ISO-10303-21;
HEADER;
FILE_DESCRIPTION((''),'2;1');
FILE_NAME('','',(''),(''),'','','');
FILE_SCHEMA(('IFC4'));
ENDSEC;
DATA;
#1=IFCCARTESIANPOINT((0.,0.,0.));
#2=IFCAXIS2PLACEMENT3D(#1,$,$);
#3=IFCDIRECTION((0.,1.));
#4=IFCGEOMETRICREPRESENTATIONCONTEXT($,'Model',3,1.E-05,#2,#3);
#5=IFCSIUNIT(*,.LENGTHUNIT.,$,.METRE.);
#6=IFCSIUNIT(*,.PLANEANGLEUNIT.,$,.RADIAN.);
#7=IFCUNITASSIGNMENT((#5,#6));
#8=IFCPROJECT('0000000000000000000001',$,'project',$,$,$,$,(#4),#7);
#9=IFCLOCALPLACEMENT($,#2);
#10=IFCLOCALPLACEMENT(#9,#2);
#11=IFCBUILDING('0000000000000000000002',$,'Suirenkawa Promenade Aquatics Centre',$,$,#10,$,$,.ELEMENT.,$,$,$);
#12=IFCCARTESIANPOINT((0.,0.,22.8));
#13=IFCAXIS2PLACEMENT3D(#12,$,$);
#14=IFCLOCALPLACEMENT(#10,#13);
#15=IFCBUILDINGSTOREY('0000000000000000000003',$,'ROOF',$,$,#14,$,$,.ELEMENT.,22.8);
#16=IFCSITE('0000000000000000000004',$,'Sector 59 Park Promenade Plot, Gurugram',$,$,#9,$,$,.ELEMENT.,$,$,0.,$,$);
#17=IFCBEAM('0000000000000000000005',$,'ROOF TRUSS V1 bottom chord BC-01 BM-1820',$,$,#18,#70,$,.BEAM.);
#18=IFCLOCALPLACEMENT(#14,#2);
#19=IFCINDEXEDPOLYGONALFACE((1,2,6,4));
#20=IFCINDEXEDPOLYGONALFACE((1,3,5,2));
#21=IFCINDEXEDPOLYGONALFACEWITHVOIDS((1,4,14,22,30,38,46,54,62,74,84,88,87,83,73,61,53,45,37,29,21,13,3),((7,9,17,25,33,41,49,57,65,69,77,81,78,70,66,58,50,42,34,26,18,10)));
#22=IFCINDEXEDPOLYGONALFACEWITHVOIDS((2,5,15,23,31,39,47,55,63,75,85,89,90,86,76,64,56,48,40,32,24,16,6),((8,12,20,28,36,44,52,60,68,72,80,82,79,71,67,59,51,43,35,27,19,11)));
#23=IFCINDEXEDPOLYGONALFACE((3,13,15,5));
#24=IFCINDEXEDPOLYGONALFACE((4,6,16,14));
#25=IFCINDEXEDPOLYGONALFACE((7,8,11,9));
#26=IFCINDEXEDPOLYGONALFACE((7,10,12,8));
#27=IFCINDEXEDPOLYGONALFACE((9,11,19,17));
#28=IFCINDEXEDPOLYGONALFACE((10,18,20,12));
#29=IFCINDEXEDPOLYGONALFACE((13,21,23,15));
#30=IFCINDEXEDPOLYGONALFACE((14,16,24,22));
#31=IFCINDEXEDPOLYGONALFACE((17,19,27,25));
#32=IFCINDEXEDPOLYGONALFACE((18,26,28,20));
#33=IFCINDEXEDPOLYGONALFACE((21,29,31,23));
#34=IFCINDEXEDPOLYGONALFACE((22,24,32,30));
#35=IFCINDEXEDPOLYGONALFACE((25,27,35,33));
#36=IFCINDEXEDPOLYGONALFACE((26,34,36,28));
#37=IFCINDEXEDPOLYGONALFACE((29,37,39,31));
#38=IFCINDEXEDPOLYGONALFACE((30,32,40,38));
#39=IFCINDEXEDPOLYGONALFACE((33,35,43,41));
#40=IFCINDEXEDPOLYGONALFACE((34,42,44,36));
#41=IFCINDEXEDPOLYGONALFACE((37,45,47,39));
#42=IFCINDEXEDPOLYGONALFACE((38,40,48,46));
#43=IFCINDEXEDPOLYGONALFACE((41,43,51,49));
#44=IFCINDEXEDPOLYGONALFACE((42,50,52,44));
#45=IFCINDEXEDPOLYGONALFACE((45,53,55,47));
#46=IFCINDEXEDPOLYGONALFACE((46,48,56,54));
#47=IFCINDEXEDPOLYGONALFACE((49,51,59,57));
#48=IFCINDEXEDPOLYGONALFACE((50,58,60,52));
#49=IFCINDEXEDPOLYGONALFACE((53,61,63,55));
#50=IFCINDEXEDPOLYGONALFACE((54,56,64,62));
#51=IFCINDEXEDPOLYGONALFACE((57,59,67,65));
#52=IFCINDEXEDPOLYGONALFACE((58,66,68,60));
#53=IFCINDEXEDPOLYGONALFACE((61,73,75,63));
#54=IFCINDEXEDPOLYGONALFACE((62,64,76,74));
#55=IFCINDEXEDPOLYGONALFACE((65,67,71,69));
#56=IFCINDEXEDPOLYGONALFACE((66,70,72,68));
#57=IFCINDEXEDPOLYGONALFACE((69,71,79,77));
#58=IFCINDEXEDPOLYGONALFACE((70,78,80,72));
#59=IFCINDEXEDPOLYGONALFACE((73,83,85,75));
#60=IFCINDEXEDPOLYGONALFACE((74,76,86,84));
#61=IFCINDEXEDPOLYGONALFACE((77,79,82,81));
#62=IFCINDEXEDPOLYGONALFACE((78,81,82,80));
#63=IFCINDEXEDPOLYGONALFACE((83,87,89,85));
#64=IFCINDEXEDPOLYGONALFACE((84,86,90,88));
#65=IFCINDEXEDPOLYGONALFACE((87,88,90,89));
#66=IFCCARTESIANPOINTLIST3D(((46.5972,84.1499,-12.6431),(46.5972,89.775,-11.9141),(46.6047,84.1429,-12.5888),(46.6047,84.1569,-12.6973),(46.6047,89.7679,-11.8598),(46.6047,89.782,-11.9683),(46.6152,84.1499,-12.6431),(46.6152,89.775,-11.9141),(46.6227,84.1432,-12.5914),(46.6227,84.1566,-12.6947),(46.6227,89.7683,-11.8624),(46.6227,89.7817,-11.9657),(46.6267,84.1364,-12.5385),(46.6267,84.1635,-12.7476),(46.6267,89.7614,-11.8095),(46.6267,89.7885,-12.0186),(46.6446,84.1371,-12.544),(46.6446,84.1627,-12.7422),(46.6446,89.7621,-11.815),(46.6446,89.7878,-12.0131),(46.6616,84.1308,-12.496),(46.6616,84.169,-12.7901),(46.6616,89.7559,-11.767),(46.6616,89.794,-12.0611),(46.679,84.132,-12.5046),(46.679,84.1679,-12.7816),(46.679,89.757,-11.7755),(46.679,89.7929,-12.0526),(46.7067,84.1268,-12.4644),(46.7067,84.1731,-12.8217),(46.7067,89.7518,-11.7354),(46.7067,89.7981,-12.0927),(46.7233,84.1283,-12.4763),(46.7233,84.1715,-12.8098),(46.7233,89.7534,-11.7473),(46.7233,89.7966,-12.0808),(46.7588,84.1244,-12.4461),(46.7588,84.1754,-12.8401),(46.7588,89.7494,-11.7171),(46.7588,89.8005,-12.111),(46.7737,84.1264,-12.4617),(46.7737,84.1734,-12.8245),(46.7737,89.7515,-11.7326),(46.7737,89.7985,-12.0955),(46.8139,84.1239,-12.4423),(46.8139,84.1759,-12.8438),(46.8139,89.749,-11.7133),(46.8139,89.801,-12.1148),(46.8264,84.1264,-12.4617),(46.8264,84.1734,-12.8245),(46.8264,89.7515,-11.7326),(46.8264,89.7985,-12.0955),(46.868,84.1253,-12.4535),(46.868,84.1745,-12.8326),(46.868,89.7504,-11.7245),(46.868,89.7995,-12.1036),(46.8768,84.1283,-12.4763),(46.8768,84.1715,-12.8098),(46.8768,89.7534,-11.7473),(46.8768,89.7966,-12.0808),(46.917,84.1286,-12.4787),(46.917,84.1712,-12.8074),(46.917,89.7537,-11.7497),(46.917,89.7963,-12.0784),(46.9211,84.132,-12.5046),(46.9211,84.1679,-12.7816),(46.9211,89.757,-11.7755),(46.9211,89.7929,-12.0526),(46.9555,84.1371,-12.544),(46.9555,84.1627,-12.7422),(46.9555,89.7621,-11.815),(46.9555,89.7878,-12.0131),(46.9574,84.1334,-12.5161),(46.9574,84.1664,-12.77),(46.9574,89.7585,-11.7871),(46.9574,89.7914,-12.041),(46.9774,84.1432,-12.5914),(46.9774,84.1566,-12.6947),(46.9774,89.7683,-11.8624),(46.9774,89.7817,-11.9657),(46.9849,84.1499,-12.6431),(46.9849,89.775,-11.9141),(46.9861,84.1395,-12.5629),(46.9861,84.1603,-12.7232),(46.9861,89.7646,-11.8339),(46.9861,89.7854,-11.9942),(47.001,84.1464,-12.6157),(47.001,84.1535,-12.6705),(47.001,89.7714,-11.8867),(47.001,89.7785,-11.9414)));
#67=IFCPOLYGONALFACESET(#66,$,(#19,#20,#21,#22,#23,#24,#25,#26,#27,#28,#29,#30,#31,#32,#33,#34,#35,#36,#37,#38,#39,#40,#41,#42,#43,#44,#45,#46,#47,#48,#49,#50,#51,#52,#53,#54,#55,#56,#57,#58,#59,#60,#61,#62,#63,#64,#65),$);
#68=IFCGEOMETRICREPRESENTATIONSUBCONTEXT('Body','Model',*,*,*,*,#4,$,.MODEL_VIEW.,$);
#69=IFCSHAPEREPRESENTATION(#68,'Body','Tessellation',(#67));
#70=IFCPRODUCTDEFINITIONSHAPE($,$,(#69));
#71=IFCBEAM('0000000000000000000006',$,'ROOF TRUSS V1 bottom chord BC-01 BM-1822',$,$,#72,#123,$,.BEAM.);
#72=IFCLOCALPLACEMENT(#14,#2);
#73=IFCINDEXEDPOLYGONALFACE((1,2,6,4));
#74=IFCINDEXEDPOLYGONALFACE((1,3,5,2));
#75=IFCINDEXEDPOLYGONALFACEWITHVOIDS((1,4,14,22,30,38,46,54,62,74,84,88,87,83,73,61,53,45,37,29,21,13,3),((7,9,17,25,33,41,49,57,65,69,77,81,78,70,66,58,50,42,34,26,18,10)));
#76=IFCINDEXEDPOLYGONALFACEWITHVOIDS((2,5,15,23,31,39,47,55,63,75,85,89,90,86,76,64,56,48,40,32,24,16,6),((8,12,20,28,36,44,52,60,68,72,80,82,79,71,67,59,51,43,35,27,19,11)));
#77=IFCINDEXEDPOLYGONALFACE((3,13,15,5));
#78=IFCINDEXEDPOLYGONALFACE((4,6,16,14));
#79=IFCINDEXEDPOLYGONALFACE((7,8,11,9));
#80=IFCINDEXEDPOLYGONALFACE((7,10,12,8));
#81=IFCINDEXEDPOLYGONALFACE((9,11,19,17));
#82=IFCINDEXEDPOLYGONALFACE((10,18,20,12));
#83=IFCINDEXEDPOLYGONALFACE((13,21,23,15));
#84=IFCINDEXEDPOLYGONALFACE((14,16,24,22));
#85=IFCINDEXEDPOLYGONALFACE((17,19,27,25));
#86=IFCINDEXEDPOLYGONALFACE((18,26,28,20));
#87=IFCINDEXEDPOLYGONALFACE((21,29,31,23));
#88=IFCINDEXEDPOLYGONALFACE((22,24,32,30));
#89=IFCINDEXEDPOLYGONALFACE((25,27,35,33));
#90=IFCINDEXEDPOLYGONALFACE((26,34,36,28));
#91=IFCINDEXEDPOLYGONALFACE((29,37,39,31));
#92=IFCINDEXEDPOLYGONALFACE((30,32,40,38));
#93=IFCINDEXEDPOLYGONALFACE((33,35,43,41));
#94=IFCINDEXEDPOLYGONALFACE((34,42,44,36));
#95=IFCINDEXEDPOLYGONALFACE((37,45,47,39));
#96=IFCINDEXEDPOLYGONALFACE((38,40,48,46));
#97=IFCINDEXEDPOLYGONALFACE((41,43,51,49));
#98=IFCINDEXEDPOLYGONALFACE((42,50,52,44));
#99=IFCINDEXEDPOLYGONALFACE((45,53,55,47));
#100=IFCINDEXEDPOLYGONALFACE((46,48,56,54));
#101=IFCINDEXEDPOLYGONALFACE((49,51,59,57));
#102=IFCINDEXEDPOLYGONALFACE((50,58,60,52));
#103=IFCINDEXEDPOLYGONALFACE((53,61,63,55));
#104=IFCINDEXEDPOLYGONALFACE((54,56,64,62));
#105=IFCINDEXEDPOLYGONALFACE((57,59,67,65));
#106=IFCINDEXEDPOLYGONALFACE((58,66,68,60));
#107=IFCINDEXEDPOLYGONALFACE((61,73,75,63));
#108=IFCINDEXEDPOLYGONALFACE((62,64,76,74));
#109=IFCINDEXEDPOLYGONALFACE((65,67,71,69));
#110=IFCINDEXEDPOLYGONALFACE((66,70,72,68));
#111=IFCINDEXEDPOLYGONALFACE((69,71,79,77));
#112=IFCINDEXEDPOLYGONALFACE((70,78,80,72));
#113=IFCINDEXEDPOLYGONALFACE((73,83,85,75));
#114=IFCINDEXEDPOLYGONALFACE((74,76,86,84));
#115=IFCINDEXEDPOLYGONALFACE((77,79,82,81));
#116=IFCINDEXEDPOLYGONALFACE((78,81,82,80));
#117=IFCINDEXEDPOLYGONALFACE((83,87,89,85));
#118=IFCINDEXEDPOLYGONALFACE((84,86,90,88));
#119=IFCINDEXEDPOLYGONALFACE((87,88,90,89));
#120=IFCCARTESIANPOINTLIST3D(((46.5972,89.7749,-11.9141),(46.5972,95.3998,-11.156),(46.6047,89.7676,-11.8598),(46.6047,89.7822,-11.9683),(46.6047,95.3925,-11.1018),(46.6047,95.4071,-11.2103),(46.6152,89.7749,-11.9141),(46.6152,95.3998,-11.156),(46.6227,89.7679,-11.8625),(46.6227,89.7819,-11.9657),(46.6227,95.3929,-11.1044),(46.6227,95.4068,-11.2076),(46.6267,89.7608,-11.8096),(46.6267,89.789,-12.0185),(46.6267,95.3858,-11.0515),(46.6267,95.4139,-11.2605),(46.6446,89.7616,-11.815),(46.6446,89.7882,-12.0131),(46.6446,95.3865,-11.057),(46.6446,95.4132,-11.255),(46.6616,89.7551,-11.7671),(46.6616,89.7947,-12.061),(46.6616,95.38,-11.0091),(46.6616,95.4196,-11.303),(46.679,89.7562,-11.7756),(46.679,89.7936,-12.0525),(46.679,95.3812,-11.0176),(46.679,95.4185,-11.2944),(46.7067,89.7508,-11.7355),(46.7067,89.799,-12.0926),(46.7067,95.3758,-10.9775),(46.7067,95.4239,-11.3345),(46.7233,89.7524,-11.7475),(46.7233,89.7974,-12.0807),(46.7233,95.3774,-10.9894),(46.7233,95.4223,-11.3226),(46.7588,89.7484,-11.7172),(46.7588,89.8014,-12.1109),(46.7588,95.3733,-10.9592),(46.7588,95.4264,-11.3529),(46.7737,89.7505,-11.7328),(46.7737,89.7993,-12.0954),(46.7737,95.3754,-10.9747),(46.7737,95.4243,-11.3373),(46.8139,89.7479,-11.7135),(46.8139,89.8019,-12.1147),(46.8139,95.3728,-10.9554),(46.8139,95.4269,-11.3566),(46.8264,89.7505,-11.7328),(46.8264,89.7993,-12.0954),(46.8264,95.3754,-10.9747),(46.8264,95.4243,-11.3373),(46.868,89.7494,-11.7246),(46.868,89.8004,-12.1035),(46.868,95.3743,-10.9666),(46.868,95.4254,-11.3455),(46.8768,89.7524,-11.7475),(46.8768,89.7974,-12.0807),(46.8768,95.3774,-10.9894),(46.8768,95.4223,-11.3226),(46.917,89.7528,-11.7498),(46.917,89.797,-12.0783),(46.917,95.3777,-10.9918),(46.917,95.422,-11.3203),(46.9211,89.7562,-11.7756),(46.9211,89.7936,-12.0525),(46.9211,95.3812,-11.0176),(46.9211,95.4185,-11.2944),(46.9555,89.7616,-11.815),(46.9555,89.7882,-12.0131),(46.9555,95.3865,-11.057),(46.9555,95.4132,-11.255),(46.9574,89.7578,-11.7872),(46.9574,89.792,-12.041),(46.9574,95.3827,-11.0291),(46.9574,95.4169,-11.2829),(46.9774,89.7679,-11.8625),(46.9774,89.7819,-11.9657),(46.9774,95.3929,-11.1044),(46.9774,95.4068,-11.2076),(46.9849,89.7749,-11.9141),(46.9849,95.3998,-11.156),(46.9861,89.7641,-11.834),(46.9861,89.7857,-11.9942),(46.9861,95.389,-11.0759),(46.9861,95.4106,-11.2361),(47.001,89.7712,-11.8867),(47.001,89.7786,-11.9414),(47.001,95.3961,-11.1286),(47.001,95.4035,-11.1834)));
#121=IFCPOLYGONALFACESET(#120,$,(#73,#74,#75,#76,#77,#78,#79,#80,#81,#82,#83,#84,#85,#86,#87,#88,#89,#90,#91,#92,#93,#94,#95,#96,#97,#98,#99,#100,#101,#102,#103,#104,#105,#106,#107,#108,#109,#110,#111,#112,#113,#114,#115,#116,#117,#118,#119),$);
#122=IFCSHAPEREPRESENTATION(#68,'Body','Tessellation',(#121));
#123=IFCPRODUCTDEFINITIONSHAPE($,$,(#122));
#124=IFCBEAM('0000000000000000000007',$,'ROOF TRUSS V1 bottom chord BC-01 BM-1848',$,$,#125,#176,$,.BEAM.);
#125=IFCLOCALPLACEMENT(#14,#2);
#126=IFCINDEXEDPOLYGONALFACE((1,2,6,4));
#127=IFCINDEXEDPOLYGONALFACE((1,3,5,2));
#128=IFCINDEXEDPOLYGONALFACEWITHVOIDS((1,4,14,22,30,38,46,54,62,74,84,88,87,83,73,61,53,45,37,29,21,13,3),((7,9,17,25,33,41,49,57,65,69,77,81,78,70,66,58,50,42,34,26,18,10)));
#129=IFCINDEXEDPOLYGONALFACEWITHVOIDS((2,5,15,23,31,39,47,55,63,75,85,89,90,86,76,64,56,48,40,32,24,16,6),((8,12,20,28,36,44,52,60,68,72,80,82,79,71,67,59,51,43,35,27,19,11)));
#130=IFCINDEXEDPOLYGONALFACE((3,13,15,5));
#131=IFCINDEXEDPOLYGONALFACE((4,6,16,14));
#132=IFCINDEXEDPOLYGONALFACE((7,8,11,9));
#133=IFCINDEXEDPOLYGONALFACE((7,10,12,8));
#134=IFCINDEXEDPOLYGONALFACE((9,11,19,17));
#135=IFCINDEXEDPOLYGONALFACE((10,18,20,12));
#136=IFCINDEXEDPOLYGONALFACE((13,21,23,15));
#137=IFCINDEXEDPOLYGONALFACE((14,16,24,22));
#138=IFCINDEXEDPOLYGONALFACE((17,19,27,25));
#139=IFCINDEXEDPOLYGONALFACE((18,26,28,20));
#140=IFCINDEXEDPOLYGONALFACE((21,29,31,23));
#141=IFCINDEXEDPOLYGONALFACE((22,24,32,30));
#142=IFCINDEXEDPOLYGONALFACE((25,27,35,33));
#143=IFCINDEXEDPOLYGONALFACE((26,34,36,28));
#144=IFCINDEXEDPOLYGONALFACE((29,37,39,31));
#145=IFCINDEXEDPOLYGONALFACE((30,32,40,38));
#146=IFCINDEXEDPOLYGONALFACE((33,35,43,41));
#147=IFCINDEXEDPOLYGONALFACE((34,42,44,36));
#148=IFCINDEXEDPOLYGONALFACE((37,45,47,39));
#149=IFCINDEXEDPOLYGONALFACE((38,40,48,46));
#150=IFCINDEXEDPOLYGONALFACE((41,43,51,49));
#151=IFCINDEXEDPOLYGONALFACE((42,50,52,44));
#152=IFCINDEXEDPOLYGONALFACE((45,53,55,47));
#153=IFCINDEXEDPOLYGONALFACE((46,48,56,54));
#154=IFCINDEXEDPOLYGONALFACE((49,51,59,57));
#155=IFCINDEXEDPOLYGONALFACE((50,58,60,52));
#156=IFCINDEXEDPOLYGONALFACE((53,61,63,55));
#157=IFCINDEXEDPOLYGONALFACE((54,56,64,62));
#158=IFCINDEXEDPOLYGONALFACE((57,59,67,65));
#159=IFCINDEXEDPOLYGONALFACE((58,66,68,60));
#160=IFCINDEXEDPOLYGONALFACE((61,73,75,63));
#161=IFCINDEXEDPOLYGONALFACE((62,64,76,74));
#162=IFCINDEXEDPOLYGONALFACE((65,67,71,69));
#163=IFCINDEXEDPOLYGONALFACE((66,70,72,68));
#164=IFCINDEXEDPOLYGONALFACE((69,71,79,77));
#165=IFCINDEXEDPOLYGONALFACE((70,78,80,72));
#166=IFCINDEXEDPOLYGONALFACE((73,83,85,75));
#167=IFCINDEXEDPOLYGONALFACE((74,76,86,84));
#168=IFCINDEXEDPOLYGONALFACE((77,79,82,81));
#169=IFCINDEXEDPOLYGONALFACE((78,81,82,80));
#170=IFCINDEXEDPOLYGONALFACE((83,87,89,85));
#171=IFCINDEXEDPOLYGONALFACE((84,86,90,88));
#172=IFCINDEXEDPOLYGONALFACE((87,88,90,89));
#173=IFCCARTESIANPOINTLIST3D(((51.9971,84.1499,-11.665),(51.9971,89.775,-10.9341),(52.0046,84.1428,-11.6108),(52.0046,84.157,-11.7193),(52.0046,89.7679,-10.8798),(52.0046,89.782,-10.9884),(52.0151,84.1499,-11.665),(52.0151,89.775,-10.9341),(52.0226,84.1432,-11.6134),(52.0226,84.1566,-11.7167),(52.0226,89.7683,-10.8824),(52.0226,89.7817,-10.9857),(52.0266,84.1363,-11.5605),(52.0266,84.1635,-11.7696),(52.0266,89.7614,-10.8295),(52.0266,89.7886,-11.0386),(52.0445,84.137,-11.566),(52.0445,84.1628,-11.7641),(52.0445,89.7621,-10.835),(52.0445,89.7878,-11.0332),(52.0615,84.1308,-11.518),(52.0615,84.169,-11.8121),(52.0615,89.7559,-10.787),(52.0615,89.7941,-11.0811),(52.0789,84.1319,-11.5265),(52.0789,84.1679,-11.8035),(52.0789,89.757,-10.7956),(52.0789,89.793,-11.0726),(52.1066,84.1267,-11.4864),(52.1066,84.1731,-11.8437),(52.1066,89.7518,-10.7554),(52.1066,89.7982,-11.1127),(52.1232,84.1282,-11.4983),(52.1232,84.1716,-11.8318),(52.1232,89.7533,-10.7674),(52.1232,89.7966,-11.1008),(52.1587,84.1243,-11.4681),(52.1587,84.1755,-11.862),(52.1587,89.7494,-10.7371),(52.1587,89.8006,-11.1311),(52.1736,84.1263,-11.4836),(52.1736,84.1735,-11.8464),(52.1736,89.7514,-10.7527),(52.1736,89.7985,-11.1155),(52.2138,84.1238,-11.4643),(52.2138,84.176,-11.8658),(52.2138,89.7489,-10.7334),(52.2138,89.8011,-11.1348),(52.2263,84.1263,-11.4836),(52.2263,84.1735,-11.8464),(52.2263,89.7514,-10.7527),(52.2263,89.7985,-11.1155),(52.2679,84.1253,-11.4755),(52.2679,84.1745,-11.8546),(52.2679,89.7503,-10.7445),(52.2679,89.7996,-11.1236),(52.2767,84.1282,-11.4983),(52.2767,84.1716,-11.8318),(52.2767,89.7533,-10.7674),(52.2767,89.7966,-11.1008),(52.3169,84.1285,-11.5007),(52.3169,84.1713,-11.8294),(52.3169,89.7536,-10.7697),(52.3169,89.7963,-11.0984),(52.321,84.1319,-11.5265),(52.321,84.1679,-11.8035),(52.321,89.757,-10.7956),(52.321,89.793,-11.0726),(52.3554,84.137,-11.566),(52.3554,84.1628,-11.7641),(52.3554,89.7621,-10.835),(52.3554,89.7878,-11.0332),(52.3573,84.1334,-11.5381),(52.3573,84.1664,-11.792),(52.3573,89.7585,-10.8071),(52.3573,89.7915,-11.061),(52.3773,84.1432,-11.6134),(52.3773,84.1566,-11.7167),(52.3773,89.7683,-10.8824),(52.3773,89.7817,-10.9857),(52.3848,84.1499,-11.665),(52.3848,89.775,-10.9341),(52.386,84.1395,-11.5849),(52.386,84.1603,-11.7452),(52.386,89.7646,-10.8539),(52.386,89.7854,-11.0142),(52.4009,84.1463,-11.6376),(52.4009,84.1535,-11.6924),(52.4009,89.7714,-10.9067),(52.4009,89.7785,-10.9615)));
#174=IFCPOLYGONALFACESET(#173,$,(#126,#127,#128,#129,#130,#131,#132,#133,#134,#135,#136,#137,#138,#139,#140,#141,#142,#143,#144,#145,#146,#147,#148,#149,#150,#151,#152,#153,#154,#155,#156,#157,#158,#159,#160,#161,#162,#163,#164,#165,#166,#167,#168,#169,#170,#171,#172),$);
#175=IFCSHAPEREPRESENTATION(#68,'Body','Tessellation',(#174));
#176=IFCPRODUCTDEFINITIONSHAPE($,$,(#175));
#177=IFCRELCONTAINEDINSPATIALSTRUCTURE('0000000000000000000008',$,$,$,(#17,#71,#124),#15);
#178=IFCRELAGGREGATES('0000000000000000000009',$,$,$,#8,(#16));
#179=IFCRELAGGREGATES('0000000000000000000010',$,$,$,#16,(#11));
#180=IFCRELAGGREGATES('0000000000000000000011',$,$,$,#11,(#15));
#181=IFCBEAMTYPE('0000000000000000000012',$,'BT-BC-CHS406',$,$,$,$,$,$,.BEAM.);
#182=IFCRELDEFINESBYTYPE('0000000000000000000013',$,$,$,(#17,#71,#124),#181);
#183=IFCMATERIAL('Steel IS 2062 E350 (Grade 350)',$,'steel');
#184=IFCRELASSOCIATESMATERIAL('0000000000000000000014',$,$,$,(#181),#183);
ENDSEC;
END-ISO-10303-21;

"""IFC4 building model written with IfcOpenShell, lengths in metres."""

from ifc_helpers import new_model, si_unit, direction, frame, origin, origin_2d, place, context, subcontext, project, spatial, hollow_circle, extrude, material, material_profile, profile_set, type_object, element, save


model = new_model("IFC4")

# Units and contexts
model_context = context("Model", 3, precision=1e-05, world=origin(), true_north=direction((0.0, 1.0)))
body_context = subcontext(model_context, "Body", "Model", "MODEL_VIEW")
ifc_project = project(units=[si_unit("LENGTHUNIT", "METRE"), si_unit("PLANEANGLEUNIT", "RADIAN")], contexts=[model_context])

# Site, building, storey
site_placement = place(None, origin())
site = spatial("IfcSite", under=ifc_project, at=site_placement, Name="Sector 59 Park Promenade Plot, Gurugram", CompositionType="ELEMENT", RefElevation=0.0)
building_placement = place(site_placement, origin())
building = spatial("IfcBuilding", under=site, at=building_placement, Name="Suirenkawa Promenade Aquatics Centre", CompositionType="ELEMENT")
storey_placement = place(building_placement, frame((0.0, 0.0, 22.8)))
storey = spatial("IfcBuildingStorey", under=building, at=storey_placement, Name="ROOF", CompositionType="ELEMENT", Elevation=22.8)

# Beams
ifc_material = material(Name="Steel IS 2062 E350 (Grade 350)", Category="steel")
ifc_material_profile_1 = material_profile(ifc_material, hollow_circle(Radius=0.2029, WallThickness=0.0181, at=origin_2d()), Name="CHS 406x18", Category="steel")
ifc_profile_set_1 = profile_set([ifc_material_profile_1], Name="Steel IS 2062 E350 (Grade 350)")
beam_type_1 = type_object("IfcBeamType", Name="BT-BC-CHS406", PredefinedType="BEAM", material=ifc_profile_set_1)
beam_1_placement = place(storey_placement, frame((46.8, 84.1499, -12.6431), z_axis=(0.0, 0.991706, 0.128526), x_axis=(-1.0, 0.0, 0.0)))
element("IfcBeam", 1, at=beam_1_placement, inside=storey, type_object=beam_type_1, Name="ROOF TRUSS V1 bottom chord BC-01 BM-1820", PredefinedType="BEAM", context=body_context, shape_type="SweptSolid", body=[
    extrude(hollow_circle(Radius=0.2029, WallThickness=0.0181, at=origin_2d()), origin(), (0.0, 0.0, 1.0), 5.6721),
])
beam_2_placement = place(storey_placement, frame((46.8, 89.7749, -11.9141), z_axis=(0.0, 0.991041, 0.133558), x_axis=(-1.0, 0.0, 0.0)))
element("IfcBeam", 2, at=beam_2_placement, inside=storey, type_object=beam_type_1, Name="ROOF TRUSS V1 bottom chord BC-01 BM-1822", PredefinedType="BEAM", context=body_context, shape_type="SweptSolid", body=[
    extrude(hollow_circle(Radius=0.2029, WallThickness=0.0181, at=origin_2d()), origin(), (0.0, 0.0, 1.0), 5.6758),
])
beam_3_placement = place(storey_placement, frame((52.2, 84.1499, -11.665), z_axis=(0.0, 0.991662, 0.128864), x_axis=(-1.0, 0.0, 0.0)))
element("IfcBeam", 3, at=beam_3_placement, inside=storey, type_object=beam_type_1, Name="ROOF TRUSS V1 bottom chord BC-01 BM-1848", PredefinedType="BEAM", context=body_context, shape_type="SweptSolid", body=[
    extrude(hollow_circle(Radius=0.2029, WallThickness=0.0181, at=origin_2d()), origin(), (0.0, 0.0, 1.0), 5.6724),
])

save(model, "model.ifc")
